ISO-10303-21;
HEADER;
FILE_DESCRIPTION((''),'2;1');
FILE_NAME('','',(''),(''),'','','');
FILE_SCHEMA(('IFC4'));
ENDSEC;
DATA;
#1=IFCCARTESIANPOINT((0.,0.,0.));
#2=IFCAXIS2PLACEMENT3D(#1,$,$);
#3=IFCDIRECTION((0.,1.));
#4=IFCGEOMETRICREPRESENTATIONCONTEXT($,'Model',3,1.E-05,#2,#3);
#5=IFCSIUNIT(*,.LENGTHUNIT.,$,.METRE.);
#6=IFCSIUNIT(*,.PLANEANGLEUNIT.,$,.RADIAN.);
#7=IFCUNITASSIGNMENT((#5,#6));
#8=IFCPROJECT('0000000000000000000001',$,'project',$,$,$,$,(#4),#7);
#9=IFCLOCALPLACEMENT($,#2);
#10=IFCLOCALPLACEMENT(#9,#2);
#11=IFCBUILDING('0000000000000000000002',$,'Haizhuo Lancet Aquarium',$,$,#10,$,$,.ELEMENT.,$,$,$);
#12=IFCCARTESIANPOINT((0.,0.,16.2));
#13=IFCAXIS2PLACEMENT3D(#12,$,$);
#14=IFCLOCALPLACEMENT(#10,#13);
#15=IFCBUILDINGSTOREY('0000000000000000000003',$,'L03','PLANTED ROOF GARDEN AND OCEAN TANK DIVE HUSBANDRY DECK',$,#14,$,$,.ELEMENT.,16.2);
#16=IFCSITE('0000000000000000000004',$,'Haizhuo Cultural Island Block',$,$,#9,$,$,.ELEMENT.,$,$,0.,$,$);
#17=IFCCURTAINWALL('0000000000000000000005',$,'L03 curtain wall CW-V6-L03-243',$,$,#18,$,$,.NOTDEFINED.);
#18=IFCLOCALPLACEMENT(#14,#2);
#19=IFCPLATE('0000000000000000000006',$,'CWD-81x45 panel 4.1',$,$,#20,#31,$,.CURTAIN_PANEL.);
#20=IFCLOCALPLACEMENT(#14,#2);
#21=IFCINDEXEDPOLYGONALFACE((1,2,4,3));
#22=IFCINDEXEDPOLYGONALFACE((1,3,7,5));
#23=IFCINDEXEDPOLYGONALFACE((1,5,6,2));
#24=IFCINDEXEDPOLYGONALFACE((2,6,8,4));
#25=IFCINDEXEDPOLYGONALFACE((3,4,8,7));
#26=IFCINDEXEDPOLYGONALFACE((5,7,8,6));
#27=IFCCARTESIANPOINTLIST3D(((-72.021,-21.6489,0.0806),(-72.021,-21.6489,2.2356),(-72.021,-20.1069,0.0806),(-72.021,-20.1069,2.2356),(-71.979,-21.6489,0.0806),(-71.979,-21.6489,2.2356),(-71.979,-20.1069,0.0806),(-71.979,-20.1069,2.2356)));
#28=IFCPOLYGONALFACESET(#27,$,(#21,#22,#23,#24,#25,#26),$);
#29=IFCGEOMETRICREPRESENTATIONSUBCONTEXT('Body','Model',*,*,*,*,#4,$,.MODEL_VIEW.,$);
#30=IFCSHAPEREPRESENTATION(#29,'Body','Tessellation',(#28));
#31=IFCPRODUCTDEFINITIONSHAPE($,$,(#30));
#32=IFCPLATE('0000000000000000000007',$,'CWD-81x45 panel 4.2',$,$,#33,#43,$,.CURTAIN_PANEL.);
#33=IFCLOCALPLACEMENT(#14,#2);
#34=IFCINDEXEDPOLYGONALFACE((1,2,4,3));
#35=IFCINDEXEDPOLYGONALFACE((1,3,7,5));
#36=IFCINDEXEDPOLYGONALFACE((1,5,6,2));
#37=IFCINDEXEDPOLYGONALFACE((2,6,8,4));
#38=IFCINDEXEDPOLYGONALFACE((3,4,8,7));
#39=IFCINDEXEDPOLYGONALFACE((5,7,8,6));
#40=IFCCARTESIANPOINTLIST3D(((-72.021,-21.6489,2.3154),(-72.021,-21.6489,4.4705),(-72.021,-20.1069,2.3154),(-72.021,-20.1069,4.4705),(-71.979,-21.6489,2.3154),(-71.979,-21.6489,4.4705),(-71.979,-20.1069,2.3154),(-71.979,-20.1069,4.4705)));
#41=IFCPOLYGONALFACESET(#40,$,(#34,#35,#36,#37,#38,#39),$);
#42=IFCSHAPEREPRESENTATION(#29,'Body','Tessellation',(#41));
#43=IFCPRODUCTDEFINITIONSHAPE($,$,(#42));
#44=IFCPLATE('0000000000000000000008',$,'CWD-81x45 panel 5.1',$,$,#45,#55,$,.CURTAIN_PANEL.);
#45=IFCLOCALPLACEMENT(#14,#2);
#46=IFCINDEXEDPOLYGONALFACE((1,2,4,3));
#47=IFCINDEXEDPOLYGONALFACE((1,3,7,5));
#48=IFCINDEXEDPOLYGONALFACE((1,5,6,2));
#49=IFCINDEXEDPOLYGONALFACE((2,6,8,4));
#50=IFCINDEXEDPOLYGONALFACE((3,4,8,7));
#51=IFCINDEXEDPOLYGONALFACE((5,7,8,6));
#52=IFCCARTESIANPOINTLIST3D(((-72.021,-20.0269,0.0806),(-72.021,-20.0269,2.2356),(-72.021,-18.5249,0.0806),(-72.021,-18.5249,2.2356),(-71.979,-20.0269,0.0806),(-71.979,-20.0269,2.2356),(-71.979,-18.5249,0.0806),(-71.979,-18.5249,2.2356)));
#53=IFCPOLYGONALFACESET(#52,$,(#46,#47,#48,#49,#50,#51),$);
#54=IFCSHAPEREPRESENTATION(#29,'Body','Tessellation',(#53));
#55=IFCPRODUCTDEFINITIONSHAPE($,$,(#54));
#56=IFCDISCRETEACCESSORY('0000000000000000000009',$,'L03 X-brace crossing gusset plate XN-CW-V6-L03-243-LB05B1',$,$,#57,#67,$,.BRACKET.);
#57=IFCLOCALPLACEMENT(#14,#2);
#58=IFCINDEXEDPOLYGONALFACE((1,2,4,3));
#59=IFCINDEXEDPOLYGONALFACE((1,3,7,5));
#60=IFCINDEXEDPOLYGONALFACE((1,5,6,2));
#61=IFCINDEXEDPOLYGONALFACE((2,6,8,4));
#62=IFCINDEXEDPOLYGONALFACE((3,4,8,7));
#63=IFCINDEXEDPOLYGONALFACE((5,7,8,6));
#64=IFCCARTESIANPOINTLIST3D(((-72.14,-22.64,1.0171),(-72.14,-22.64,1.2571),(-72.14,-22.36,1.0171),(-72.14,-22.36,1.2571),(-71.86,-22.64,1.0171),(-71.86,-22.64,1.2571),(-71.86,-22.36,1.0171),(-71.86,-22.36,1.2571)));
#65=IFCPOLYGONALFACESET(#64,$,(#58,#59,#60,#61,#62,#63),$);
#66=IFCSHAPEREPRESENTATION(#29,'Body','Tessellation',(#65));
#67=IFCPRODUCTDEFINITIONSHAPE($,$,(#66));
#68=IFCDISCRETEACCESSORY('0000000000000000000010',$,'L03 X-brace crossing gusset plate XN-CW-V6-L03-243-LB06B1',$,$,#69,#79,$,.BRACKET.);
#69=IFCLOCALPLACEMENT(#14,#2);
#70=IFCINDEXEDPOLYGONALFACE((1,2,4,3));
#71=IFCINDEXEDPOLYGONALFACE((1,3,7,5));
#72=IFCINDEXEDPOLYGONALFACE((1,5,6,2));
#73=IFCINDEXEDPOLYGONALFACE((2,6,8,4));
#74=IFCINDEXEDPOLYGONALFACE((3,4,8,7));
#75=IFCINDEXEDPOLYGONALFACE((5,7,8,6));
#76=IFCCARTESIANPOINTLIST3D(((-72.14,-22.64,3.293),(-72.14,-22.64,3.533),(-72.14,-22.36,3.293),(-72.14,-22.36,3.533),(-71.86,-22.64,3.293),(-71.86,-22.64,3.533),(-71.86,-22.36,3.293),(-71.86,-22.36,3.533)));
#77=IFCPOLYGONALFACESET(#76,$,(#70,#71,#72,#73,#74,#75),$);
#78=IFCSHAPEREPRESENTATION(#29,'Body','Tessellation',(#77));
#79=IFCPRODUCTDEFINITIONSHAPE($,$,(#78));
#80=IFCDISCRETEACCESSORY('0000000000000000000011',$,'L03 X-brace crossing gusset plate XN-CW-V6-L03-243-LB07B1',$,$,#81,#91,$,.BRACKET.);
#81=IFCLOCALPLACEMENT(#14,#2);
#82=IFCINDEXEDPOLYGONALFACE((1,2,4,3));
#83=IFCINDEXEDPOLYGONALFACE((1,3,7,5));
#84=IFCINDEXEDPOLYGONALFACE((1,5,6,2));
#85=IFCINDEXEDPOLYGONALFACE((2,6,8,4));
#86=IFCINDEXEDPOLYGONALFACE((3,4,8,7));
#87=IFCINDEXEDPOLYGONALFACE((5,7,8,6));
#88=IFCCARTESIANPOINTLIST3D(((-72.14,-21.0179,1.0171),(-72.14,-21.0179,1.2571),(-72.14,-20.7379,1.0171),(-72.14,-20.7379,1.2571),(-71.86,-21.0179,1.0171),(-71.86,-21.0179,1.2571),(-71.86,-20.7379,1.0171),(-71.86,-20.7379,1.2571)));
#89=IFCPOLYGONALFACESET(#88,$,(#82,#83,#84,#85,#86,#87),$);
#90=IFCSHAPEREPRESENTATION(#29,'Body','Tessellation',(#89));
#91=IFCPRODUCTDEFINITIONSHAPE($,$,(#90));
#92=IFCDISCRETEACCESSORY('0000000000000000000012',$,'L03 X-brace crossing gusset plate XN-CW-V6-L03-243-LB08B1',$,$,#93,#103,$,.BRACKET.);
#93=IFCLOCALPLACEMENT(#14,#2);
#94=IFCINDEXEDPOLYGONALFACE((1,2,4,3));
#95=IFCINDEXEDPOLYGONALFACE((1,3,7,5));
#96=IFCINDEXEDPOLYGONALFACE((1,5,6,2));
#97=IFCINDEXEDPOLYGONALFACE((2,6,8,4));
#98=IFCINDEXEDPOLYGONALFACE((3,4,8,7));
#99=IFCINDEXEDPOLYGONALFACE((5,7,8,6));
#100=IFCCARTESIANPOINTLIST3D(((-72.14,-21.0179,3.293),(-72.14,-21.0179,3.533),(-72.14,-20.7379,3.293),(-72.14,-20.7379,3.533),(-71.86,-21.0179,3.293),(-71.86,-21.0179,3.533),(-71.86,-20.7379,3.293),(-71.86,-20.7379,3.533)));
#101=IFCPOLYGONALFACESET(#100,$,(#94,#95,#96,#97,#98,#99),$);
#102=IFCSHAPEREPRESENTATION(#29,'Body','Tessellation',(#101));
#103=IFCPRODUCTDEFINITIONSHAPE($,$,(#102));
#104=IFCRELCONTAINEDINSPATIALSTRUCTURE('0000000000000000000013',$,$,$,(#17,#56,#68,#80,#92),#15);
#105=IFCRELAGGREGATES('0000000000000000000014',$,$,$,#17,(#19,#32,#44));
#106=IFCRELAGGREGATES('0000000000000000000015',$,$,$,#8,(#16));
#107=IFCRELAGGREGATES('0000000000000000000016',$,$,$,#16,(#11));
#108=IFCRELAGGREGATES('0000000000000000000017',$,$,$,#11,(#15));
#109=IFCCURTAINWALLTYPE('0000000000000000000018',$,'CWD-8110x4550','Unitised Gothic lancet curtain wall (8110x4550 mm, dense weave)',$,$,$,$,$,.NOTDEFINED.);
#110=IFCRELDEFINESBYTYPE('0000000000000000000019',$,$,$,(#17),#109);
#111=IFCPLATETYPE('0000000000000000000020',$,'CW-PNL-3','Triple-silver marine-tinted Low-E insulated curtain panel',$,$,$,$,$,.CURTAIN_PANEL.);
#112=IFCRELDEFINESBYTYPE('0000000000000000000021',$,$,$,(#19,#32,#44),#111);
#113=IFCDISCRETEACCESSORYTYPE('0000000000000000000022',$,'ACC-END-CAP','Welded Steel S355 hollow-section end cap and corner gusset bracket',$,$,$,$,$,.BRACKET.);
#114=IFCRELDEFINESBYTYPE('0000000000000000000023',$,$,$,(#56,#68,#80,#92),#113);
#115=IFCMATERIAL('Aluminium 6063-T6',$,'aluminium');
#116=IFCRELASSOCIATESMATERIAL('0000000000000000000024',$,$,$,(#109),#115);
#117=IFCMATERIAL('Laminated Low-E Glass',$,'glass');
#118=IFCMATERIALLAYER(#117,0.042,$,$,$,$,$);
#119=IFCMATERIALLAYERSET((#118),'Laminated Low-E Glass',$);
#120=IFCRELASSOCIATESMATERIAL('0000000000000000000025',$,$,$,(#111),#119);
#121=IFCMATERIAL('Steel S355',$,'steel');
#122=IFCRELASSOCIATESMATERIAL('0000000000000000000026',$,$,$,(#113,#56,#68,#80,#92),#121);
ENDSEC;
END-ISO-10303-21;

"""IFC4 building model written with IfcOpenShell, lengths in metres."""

from ifc_helpers import new_model, si_unit, direction, frame, origin, origin_2d, place, context, subcontext, project, spatial, rectangle, extrude, material, layer, layer_set, type_object, element, aggregate, save


model = new_model("IFC4")

# Units and contexts
model_context = context("Model", 3, precision=1e-05, world=origin(), true_north=direction((0.0, 1.0)))
body_context = subcontext(model_context, "Body", "Model", "MODEL_VIEW")
ifc_project = project(units=[si_unit("LENGTHUNIT", "METRE"), si_unit("PLANEANGLEUNIT", "RADIAN")], contexts=[model_context])

# Site, building, storey
site_placement = place(None, origin())
site = spatial("IfcSite", under=ifc_project, at=site_placement, Name="Haizhuo Cultural Island Block", CompositionType="ELEMENT", RefElevation=0.0)
building_placement = place(site_placement, origin())
building = spatial("IfcBuilding", under=site, at=building_placement, Name="Haizhuo Lancet Aquarium", CompositionType="ELEMENT")
storey_placement = place(building_placement, frame((0.0, 0.0, 16.2)))
storey = spatial("IfcBuildingStorey", under=building, at=storey_placement, Name="L03", Description="PLANTED ROOF GARDEN AND OCEAN TANK DIVE HUSBANDRY DECK", CompositionType="ELEMENT", Elevation=16.2)

# Curtain wall
ifc_material_1 = material(Name="Aluminium 6063-T6", Category="aluminium")
curtain_wall_type = type_object("IfcCurtainWallType", Name="CWD-8110x4550", Description="Unitised Gothic lancet curtain wall (8110x4550 mm, dense weave)", PredefinedType="NOTDEFINED", material=ifc_material_1)
curtain_wall_placement = place(storey_placement, origin())
curtain_wall = element("IfcCurtainWall", 1, at=curtain_wall_placement, inside=storey, type_object=curtain_wall_type, Name="L03 curtain wall CW-V6-L03-243", PredefinedType="NOTDEFINED")

# Shared definitions
ifc_material_2 = material(Name="Steel S355", Category="steel")

# Plates
ifc_material_3 = material(Name="Laminated Low-E Glass", Category="glass")
ifc_layer = layer(ifc_material_3, 0.042)
ifc_layer_set = layer_set([ifc_layer], Name="Laminated Low-E Glass")
plate_type = type_object("IfcPlateType", Name="CW-PNL-3", Description="Triple-silver marine-tinted Low-E insulated curtain panel", PredefinedType="CURTAIN_PANEL", material=ifc_layer_set)
plate_1_placement = place(storey_placement, frame((-72.0, -20.8779, 0.0806), z_axis=(0.0, 0.0, 1.0), x_axis=(0.0, 1.0, 0.0)))
plate_1 = element("IfcPlate", 2, at=plate_1_placement, type_object=plate_type, Name="CWD-81x45 panel 4.1", PredefinedType="CURTAIN_PANEL", context=body_context, shape_type="SweptSolid", body=[
    extrude(rectangle(XDim=1.542, YDim=0.042, at=origin_2d()), origin(), (0.0, 0.0, 1.0), 2.155),
])
plate_2_placement = place(storey_placement, frame((-72.0, -20.8779, 2.3154), z_axis=(0.0, 0.0, 1.0), x_axis=(0.0, 1.0, 0.0)))
plate_2 = element("IfcPlate", 3, at=plate_2_placement, type_object=plate_type, Name="CWD-81x45 panel 4.2", PredefinedType="CURTAIN_PANEL", context=body_context, shape_type="SweptSolid", body=[
    extrude(rectangle(XDim=1.542, YDim=0.042, at=origin_2d()), origin(), (0.0, 0.0, 1.0), 2.155),
])
plate_3_placement = place(storey_placement, frame((-72.0, -19.2759, 0.0806), z_axis=(0.0, 0.0, 1.0), x_axis=(0.0, 1.0, 0.0)))
plate_3 = element("IfcPlate", 4, at=plate_3_placement, type_object=plate_type, Name="CWD-81x45 panel 5.1", PredefinedType="CURTAIN_PANEL", context=body_context, shape_type="SweptSolid", body=[
    extrude(rectangle(XDim=1.502, YDim=0.042, at=origin_2d()), origin(), (0.0, 0.0, 1.0), 2.155),
])
aggregate(curtain_wall, [plate_1, plate_2, plate_3])

# Discrete accessories
discrete_accessory_type = type_object("IfcDiscreteAccessoryType", Name="ACC-END-CAP", Description="Welded Steel S355 hollow-section end cap and corner gusset bracket", PredefinedType="BRACKET", material=ifc_material_2)
for number, where, z_axis, x_axis, name in (
    (5, (-72.0, -22.5, 1.0171), (0.0, 0.0, 1.0), (1.0, 0.0, 0.0), "L03 X-brace crossing gusset plate XN-CW-V6-L03-243-LB05B1"),
    (6, (-72.0, -22.5, 3.293), (0.0, 0.0, 1.0), (1.0, 0.0, 0.0), "L03 X-brace crossing gusset plate XN-CW-V6-L03-243-LB06B1"),
    (7, (-72.0, -20.8779, 1.0171), (0.0, 0.0, 1.0), (1.0, 0.0, 0.0), "L03 X-brace crossing gusset plate XN-CW-V6-L03-243-LB07B1"),
    (8, (-72.0, -20.8779, 3.293), (0.0, 0.0, 1.0), (1.0, 0.0, 0.0), "L03 X-brace crossing gusset plate XN-CW-V6-L03-243-LB08B1"),
):
    element("IfcDiscreteAccessory", number, at=place(storey_placement, frame(where, z_axis=z_axis, x_axis=x_axis)), inside=storey, type_object=discrete_accessory_type, material=ifc_material_2, Name=name, PredefinedType="BRACKET", context=body_context, shape_type="SweptSolid", body=[
        extrude(rectangle(XDim=0.28, YDim=0.28, at=origin_2d()), origin(), (0.0, 0.0, 1.0), 0.24),
    ])

save(model, "model.ifc")
